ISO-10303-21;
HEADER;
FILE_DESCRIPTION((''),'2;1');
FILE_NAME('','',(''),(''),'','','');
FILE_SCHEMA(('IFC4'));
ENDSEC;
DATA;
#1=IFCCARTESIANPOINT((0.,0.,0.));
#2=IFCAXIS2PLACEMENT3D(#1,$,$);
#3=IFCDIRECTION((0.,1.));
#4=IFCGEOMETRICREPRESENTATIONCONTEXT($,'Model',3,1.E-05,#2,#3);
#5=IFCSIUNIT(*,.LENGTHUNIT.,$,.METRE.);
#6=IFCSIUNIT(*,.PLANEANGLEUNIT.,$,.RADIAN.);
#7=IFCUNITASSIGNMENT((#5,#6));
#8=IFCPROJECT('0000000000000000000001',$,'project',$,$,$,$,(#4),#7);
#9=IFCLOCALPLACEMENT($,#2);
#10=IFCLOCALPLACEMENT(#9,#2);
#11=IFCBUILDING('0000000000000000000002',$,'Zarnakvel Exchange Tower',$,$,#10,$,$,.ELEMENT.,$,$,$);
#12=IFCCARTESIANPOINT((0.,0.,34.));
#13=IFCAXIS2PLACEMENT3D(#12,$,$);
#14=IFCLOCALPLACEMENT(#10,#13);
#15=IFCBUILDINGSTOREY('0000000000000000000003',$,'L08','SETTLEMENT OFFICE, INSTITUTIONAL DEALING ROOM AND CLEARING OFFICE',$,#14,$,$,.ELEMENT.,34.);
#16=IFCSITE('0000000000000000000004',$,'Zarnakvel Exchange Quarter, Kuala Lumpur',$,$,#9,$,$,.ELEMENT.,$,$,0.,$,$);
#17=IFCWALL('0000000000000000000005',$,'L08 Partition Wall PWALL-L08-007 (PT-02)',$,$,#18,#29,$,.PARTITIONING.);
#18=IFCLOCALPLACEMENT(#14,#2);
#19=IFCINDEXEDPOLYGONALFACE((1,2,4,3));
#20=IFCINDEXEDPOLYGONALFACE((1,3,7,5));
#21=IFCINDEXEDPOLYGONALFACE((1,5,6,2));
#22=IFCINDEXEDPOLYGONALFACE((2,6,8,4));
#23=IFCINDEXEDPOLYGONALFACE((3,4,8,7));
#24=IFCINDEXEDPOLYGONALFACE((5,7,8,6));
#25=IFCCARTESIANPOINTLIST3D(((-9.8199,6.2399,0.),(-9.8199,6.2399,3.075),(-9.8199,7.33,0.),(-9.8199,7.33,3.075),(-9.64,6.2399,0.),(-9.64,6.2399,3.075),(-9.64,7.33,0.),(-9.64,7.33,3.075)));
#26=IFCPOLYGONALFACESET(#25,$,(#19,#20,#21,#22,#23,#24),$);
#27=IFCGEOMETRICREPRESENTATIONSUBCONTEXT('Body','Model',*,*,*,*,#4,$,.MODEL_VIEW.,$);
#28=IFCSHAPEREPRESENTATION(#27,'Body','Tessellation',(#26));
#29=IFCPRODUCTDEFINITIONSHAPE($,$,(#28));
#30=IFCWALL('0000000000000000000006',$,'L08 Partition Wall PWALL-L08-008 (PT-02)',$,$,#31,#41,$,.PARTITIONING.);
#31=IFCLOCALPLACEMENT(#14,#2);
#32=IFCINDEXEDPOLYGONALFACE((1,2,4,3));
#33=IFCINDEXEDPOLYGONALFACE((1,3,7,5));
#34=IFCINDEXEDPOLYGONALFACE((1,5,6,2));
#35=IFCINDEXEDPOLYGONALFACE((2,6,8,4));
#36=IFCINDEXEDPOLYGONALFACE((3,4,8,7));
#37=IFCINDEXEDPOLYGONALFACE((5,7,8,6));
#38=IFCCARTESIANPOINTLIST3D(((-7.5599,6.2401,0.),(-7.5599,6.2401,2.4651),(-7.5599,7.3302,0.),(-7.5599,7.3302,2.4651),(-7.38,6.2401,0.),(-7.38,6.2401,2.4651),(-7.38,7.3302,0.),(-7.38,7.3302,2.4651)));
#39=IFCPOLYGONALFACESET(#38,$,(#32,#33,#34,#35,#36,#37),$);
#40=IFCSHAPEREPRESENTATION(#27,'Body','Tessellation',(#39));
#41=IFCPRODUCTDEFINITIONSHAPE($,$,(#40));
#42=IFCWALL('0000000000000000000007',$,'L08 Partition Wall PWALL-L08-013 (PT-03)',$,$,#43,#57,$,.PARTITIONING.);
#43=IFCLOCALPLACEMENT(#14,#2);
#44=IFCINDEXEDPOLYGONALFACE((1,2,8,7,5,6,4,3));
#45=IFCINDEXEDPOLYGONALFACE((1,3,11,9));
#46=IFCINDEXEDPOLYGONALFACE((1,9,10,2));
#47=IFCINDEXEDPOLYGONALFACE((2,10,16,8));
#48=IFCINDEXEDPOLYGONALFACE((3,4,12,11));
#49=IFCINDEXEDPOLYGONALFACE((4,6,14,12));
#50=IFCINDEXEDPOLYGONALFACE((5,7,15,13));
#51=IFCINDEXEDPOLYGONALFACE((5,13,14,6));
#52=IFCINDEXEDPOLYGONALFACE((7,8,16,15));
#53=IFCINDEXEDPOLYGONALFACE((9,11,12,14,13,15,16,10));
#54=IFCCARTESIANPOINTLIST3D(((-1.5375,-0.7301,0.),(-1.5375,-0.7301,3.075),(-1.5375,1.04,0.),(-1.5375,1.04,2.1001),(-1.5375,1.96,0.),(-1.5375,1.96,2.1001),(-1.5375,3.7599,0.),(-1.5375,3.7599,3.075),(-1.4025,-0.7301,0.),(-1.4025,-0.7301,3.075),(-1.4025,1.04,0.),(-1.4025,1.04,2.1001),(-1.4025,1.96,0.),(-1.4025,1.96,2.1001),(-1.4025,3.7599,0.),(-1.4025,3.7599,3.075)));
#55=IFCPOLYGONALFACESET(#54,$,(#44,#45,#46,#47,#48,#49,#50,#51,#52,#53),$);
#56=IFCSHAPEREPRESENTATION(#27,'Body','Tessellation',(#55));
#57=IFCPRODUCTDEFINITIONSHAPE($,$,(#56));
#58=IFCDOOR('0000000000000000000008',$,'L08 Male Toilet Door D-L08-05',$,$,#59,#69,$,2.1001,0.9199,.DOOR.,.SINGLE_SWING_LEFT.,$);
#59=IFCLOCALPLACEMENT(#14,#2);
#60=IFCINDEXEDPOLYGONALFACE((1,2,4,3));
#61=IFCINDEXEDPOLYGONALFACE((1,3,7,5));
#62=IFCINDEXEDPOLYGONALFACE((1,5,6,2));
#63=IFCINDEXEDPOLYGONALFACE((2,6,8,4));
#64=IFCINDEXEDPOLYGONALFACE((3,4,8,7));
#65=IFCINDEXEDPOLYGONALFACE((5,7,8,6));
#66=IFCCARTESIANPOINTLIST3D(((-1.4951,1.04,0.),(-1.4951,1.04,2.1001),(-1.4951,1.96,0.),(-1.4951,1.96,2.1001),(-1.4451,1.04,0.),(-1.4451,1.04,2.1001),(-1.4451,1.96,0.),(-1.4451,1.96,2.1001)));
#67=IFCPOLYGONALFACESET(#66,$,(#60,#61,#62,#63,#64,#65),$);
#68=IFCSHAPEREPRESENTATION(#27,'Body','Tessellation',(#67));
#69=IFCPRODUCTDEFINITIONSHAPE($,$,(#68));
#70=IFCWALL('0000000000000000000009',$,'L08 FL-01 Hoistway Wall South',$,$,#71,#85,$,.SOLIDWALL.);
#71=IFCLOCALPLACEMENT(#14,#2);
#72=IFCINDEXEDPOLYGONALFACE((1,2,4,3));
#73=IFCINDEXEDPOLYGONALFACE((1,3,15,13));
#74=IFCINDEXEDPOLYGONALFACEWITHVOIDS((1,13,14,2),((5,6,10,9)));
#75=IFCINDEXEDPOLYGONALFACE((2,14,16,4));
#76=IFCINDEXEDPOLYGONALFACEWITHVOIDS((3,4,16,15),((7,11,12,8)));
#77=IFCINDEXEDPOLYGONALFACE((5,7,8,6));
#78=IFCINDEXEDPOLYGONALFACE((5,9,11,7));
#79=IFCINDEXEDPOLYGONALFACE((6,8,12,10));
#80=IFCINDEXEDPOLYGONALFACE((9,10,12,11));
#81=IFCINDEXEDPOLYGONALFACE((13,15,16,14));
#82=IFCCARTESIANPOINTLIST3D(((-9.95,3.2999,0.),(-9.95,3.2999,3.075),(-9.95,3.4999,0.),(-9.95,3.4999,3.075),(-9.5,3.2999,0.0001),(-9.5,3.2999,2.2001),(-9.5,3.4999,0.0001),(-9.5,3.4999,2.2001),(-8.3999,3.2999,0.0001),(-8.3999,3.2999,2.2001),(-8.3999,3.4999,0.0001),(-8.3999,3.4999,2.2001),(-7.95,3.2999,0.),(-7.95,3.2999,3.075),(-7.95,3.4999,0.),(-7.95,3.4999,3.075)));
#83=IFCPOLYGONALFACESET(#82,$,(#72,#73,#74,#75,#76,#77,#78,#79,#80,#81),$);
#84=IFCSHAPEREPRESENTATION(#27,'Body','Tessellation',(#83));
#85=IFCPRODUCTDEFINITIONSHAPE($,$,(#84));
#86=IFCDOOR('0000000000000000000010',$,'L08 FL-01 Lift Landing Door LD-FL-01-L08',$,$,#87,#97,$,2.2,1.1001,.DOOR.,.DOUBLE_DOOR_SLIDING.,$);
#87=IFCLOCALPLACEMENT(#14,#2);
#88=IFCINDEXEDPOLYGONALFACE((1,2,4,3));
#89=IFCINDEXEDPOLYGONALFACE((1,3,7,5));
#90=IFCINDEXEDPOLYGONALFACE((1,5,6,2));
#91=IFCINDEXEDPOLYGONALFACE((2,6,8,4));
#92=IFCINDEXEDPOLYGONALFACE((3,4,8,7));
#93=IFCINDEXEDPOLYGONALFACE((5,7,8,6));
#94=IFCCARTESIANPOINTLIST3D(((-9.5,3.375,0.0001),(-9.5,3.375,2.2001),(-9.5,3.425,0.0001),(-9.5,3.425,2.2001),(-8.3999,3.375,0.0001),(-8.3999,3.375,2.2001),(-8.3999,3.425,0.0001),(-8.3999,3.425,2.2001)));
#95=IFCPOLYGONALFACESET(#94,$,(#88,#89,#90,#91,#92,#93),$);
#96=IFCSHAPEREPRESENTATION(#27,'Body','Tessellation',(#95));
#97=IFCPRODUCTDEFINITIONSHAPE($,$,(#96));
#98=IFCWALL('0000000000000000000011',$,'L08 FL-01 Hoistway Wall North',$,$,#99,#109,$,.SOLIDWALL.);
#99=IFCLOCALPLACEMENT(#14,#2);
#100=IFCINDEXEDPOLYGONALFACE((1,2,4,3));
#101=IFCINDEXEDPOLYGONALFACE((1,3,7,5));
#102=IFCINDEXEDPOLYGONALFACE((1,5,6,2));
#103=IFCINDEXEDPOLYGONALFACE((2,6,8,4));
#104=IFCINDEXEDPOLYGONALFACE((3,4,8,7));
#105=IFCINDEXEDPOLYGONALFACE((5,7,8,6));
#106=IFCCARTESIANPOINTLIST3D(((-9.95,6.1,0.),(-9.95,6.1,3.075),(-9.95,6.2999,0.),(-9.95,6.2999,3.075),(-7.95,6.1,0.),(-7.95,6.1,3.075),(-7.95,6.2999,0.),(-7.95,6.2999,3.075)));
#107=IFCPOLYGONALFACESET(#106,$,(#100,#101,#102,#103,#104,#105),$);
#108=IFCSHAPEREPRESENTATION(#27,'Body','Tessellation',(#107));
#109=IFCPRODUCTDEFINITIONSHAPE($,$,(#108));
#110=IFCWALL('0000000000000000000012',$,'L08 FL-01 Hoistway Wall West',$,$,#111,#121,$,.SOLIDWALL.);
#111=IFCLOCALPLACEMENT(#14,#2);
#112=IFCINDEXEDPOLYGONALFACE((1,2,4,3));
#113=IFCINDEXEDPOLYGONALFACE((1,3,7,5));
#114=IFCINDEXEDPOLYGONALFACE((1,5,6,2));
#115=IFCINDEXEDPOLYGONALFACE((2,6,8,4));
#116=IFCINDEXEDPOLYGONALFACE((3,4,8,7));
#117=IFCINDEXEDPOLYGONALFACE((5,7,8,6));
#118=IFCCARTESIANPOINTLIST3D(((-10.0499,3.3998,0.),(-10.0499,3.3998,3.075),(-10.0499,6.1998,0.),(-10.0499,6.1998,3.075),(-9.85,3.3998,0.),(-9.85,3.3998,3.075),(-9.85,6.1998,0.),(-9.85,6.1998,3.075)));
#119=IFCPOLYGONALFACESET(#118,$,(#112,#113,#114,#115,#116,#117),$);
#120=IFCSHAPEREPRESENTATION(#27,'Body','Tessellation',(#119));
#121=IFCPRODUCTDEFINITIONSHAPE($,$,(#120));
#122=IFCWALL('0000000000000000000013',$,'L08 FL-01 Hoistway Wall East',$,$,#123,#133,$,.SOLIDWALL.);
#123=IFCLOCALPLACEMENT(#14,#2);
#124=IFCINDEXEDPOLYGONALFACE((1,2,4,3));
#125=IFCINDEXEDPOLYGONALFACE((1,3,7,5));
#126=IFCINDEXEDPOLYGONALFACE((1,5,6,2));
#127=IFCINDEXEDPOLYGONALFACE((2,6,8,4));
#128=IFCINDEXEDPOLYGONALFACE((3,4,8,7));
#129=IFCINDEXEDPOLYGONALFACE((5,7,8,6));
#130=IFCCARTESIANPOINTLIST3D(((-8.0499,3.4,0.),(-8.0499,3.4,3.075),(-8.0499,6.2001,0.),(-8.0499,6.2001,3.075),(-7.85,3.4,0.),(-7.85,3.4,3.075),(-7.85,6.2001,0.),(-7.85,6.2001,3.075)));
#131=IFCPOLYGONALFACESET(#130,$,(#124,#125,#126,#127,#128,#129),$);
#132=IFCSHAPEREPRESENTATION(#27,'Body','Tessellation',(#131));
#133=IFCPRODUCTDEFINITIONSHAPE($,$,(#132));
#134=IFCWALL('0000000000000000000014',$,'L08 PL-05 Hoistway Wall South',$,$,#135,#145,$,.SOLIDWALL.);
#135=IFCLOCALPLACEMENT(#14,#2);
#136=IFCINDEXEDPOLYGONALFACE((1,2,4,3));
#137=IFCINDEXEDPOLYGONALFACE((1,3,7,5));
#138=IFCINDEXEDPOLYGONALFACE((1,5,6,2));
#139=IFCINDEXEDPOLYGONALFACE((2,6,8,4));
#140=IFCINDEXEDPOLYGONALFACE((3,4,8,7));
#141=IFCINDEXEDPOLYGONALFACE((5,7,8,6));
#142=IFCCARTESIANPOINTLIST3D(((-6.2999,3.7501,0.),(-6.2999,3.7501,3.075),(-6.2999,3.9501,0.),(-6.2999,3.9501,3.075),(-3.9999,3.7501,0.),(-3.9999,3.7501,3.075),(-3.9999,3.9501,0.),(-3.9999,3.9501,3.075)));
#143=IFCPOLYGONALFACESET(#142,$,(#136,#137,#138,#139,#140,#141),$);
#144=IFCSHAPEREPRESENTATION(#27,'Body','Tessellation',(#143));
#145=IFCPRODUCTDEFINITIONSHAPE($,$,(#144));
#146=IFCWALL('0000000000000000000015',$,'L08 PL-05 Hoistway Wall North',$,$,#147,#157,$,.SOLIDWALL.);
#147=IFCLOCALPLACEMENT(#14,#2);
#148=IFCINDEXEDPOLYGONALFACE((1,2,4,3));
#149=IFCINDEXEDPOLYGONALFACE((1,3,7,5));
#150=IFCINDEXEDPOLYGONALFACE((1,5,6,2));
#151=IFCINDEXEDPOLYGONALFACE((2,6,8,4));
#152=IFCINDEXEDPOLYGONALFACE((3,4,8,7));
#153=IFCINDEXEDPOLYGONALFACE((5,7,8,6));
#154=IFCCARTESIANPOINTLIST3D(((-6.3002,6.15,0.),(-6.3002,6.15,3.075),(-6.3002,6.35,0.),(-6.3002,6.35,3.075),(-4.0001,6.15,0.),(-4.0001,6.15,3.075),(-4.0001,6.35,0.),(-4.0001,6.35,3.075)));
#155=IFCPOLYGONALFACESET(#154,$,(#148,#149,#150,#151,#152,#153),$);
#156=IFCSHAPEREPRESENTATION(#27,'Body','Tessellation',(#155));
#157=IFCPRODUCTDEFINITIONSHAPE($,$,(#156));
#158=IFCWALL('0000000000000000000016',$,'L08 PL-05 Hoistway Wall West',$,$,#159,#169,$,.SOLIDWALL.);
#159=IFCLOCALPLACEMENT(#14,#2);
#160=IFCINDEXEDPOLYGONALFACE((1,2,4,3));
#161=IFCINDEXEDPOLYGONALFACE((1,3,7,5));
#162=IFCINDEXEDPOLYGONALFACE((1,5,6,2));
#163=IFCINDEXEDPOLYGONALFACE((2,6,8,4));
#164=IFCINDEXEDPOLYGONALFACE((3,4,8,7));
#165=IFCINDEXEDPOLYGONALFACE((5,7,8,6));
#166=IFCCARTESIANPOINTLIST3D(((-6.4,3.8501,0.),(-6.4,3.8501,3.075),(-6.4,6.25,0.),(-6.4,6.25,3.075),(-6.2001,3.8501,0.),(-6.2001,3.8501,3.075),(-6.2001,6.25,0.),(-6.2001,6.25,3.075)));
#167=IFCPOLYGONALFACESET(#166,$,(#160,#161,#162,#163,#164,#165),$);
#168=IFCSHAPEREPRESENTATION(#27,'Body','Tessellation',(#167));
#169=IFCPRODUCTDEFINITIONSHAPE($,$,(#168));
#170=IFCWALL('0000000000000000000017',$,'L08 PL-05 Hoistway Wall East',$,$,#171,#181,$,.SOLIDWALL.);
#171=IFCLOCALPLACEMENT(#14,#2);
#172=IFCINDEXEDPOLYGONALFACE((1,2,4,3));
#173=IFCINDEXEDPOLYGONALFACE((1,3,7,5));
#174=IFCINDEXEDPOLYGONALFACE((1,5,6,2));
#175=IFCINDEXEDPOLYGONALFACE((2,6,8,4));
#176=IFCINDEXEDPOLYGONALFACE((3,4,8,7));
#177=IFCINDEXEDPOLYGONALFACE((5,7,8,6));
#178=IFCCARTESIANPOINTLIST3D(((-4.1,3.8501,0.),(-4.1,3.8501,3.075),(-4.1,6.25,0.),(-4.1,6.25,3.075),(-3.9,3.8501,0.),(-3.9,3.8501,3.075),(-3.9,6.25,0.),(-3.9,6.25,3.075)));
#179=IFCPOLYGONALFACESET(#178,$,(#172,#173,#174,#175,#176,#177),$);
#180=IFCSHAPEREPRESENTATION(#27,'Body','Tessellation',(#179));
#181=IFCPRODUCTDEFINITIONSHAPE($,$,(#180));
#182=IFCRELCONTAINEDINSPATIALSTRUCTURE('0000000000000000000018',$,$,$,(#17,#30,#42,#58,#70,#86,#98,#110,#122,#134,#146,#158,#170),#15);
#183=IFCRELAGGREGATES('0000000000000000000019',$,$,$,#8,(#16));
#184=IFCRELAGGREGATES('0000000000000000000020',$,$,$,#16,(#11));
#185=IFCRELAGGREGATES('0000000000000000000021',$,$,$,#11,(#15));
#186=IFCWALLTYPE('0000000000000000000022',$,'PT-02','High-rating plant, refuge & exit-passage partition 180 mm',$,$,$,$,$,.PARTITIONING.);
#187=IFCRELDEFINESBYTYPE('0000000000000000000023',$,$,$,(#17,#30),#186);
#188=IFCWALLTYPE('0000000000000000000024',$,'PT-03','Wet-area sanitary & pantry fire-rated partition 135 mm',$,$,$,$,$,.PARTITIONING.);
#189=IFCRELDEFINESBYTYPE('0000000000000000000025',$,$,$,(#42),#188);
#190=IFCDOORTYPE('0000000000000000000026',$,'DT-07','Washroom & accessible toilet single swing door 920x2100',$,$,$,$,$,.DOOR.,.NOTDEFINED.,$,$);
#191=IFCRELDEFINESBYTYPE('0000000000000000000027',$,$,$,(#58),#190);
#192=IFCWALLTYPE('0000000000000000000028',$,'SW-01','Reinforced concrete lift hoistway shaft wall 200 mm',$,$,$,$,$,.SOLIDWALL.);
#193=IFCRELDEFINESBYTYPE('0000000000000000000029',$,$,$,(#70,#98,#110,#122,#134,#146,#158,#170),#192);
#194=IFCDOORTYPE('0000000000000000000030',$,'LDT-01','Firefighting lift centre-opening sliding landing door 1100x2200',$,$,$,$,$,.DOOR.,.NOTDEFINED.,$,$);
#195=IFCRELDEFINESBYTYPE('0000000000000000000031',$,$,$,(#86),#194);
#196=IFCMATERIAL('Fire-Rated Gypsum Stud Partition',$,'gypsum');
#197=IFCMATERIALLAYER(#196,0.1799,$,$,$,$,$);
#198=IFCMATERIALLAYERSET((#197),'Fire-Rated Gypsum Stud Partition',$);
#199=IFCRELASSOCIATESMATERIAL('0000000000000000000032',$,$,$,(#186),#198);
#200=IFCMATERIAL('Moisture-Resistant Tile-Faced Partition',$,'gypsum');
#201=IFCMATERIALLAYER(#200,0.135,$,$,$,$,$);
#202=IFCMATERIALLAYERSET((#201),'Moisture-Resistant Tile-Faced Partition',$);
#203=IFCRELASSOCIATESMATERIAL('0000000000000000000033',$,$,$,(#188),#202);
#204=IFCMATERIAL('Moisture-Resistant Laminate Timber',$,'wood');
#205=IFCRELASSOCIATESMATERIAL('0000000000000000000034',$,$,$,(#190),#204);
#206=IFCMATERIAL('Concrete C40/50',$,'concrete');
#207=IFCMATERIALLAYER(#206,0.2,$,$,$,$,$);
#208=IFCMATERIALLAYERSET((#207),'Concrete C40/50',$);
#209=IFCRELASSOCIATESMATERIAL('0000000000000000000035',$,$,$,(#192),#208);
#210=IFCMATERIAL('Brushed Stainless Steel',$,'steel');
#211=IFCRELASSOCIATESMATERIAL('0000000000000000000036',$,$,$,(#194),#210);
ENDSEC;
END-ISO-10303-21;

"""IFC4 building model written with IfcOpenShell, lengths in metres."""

from ifc_helpers import new_model, si_unit, direction, frame, frame_2d, origin, place, context, subcontext, project, spatial, rectangle, extrude, source, transform, mapped, material, layer, layer_set, type_object, element, fill, save


model = new_model("IFC4")

# Units and contexts
model_context = context("Model", 3, precision=1e-05, world=origin(), true_north=direction((0.0, 1.0)))
body_context = subcontext(model_context, "Body", "Model", "MODEL_VIEW")
ifc_project = project(units=[si_unit("LENGTHUNIT", "METRE"), si_unit("PLANEANGLEUNIT", "RADIAN")], contexts=[model_context])

# Site, building, storey
site_placement = place(None, origin())
site = spatial("IfcSite", under=ifc_project, at=site_placement, Name="Zarnakvel Exchange Quarter, Kuala Lumpur", CompositionType="ELEMENT", RefElevation=0.0)
building_placement = place(site_placement, origin())
building = spatial("IfcBuilding", under=site, at=building_placement, Name="Zarnakvel Exchange Tower", CompositionType="ELEMENT")
storey_placement = place(building_placement, frame((0.0, 0.0, 34.0)))
storey = spatial("IfcBuildingStorey", under=building, at=storey_placement, Name="L08", Description="SETTLEMENT OFFICE, INSTITUTIONAL DEALING ROOM AND CLEARING OFFICE", CompositionType="ELEMENT", Elevation=34.0)

# Walls
ifc_material_1 = material(Name="Fire-Rated Gypsum Stud Partition", Category="gypsum")
ifc_layer_1 = layer(ifc_material_1, 0.1799)
ifc_layer_set_1 = layer_set([ifc_layer_1], Name="Fire-Rated Gypsum Stud Partition")
wall_type_1 = type_object("IfcWallType", Name="PT-02", Description="High-rating plant, refuge & exit-passage partition 180 mm", PredefinedType="PARTITIONING", material=ifc_layer_set_1)
wall_1_placement = place(storey_placement, frame((-9.73, 6.24, 0.0), z_axis=(0.0, 0.0, 1.0), x_axis=(0.0, 1.0, 0.0)))
element("IfcWall", 1, at=wall_1_placement, inside=storey, type_object=wall_type_1, Name="L08 Partition Wall PWALL-L08-007 (PT-02)", PredefinedType="PARTITIONING", context=body_context, shape_type="SweptSolid", body=[
    extrude(rectangle(XDim=1.0901, YDim=0.1799, at=frame_2d((0.5449, 0.0))), origin(), (0.0, 0.0, 1.0), 3.075),
])
wall_2_placement = place(storey_placement, frame((-7.47, 7.3301, 0.0), z_axis=(0.0, 0.0, 1.0), x_axis=(0.0, -1.0, 0.0)))
element("IfcWall", 2, at=wall_2_placement, inside=storey, type_object=wall_type_1, Name="L08 Partition Wall PWALL-L08-008 (PT-02)", PredefinedType="PARTITIONING", context=body_context, shape_type="SweptSolid", body=[
    extrude(rectangle(XDim=1.0901, YDim=0.1799, at=frame_2d((0.5449, 0.0))), origin(), (0.0, 0.0, 1.0), 2.4651),
])

# Walls, openings, doors
ifc_material_2 = material(Name="Moisture-Resistant Tile-Faced Partition", Category="gypsum")
ifc_layer_2 = layer(ifc_material_2, 0.135)
ifc_layer_set_2 = layer_set([ifc_layer_2], Name="Moisture-Resistant Tile-Faced Partition")
wall_type_2 = type_object("IfcWallType", Name="PT-03", Description="Wet-area sanitary & pantry fire-rated partition 135 mm", PredefinedType="PARTITIONING", material=ifc_layer_set_2)
wall_3_placement = place(storey_placement, frame((-1.47, 3.76, 0.0), z_axis=(0.0, 0.0, 1.0), x_axis=(0.0, -1.0, 0.0)))
wall_3 = element("IfcWall", 3, at=wall_3_placement, inside=storey, type_object=wall_type_2, Name="L08 Partition Wall PWALL-L08-013 (PT-03)", PredefinedType="PARTITIONING", context=body_context, shape_type="SweptSolid", body=[
    extrude(rectangle(XDim=4.49, YDim=0.135, at=frame_2d((2.2451, 0.0))), origin(), (0.0, 0.0, 1.0), 3.075),
])
opening_1_placement = place(wall_3_placement, frame((1.8, 0.0, 0.0)))
opening_1 = element("IfcOpeningElement", 4, at=opening_1_placement, cuts=wall_3, PredefinedType="OPENING", context=body_context, shape_type="SweptSolid", body=[
    extrude(rectangle(XDim=0.9199, YDim=2.1001, at=frame_2d((0.46, 1.05))), frame((0.0, 0.0774, 0.0), z_axis=(0.0, -1.0, 0.0), x_axis=(1.0, 0.0, 0.0)), (0.0, 0.0, 1.0), 0.155),
])
ifc_material_3 = material(Name="Moisture-Resistant Laminate Timber", Category="wood")
door_type_1 = type_object("IfcDoorType", Name="DT-07", Description="Washroom & accessible toilet single swing door 920x2100", OperationType="NOTDEFINED", PredefinedType="DOOR", material=ifc_material_3)
shared_shape_1 = source(origin(), body_context, "Body", "SweptSolid", [
    extrude(rectangle(XDim=0.9199, YDim=2.1001, at=frame_2d((0.46, 1.05))), frame((0.0, 0.0249, 0.0), z_axis=(0.0, -1.0, 0.0), x_axis=(1.0, 0.0, 0.0)), (0.0, 0.0, 1.0), 0.05),
])
door_1_placement = place(opening_1_placement, origin())
door_1 = element("IfcDoor", 5, at=door_1_placement, inside=storey, type_object=door_type_1, Name="L08 Male Toilet Door D-L08-05", OperationType="SINGLE_SWING_LEFT", OverallHeight=2.1001, OverallWidth=0.9199, PredefinedType="DOOR", context=body_context, shape_type="MappedRepresentation", body=[
    mapped(shared_shape_1, transform((0.0, 0.0, 0.0), x_axis=(1.0, 0.0, 0.0), y_axis=(0.0, 1.0, 0.0), z_axis=(0.0, 0.0, 1.0), scale=1.0)),
])
fill(opening_1, door_1)
ifc_material_4 = material(Name="Concrete C40/50", Category="concrete")
ifc_layer_3 = layer(ifc_material_4, 0.2)
ifc_layer_set_3 = layer_set([ifc_layer_3], Name="Concrete C40/50")
wall_type_3 = type_object("IfcWallType", Name="SW-01", Description="Reinforced concrete lift hoistway shaft wall 200 mm", PredefinedType="SOLIDWALL", material=ifc_layer_set_3)
wall_4_placement = place(storey_placement, frame((-7.95, 3.3999, 0.0), z_axis=(0.0, 0.0, 1.0), x_axis=(-1.0, 0.0, 0.0)))
wall_4 = element("IfcWall", 6, at=wall_4_placement, inside=storey, type_object=wall_type_3, Name="L08 FL-01 Hoistway Wall South", PredefinedType="SOLIDWALL", context=body_context, shape_type="SweptSolid", body=[
    extrude(rectangle(XDim=2.0, YDim=0.2, at=frame_2d((1.0, 0.0))), origin(), (0.0, 0.0, 1.0), 3.075),
])
opening_2_placement = place(wall_4_placement, frame((0.45, 0.0, 0.0)))
opening_2 = element("IfcOpeningElement", 7, at=opening_2_placement, cuts=wall_4, PredefinedType="OPENING", context=body_context, shape_type="SweptSolid", body=[
    extrude(rectangle(XDim=1.1001, YDim=2.2, at=frame_2d((0.55, 1.1001))), frame((0.0, 0.1099, 0.0), z_axis=(0.0, -1.0, 0.0), x_axis=(1.0, 0.0, 0.0)), (0.0, 0.0, 1.0), 0.22),
])
ifc_material_5 = material(Name="Brushed Stainless Steel", Category="steel")
door_type_2 = type_object("IfcDoorType", Name="LDT-01", Description="Firefighting lift centre-opening sliding landing door 1100x2200", OperationType="NOTDEFINED", PredefinedType="DOOR", material=ifc_material_5)
shared_shape_2 = source(origin(), body_context, "Body", "SweptSolid", [
    extrude(rectangle(XDim=1.1001, YDim=2.2, at=frame_2d((0.55, 1.1001))), frame((0.0, 0.0249, 0.0), z_axis=(0.0, -1.0, 0.0), x_axis=(1.0, 0.0, 0.0)), (0.0, 0.0, 1.0), 0.05),
])
door_2_placement = place(opening_2_placement, origin())
door_2 = element("IfcDoor", 8, at=door_2_placement, inside=storey, type_object=door_type_2, Name="L08 FL-01 Lift Landing Door LD-FL-01-L08", OperationType="DOUBLE_DOOR_SLIDING", OverallHeight=2.2, OverallWidth=1.1001, PredefinedType="DOOR", context=body_context, shape_type="MappedRepresentation", body=[
    mapped(shared_shape_2, transform((0.0, 0.0, 0.0), x_axis=(1.0, 0.0, 0.0), y_axis=(0.0, 1.0, 0.0), z_axis=(0.0, 0.0, 1.0), scale=1.0)),
])
fill(opening_2, door_2)

# Walls
wall_5_placement = place(storey_placement, frame((-9.95, 6.2, 0.0), z_axis=(0.0, 0.0, 1.0), x_axis=(1.0, 0.0, 0.0)))
element("IfcWall", 9, at=wall_5_placement, inside=storey, type_object=wall_type_3, Name="L08 FL-01 Hoistway Wall North", PredefinedType="SOLIDWALL", context=body_context, shape_type="SweptSolid", body=[
    extrude(rectangle(XDim=2.0, YDim=0.2, at=frame_2d((1.0, 0.0))), origin(), (0.0, 0.0, 1.0), 3.075),
])
for number, where, z_axis, x_axis, name in (
    (10, (-9.95, 3.3999, 0.0), (0.0, 0.0, 1.0), (0.0, 1.0, 0.0), "L08 FL-01 Hoistway Wall West"),
    (11, (-7.95, 6.2, 0.0), (0.0, 0.0, 1.0), (0.0, -1.0, 0.0), "L08 FL-01 Hoistway Wall East"),
):
    element("IfcWall", number, at=place(storey_placement, frame(where, z_axis=z_axis, x_axis=x_axis)), inside=storey, type_object=wall_type_3, Name=name, PredefinedType="SOLIDWALL", context=body_context, shape_type="SweptSolid", body=[
        extrude(rectangle(XDim=2.8, YDim=0.2, at=frame_2d((1.3999, 0.0))), origin(), (0.0, 0.0, 1.0), 3.075),
    ])
for number, where, z_axis, x_axis, name in (
    (12, (-4.0, 3.8501, 0.0), (0.0, 0.0, 1.0), (-1.0, 0.0, 0.0), "L08 PL-05 Hoistway Wall South"),
    (13, (-6.3, 6.25, 0.0), (0.0, 0.0, 1.0), (1.0, 0.0, 0.0), "L08 PL-05 Hoistway Wall North"),
):
    element("IfcWall", number, at=place(storey_placement, frame(where, z_axis=z_axis, x_axis=x_axis)), inside=storey, type_object=wall_type_3, Name=name, PredefinedType="SOLIDWALL", context=body_context, shape_type="SweptSolid", body=[
        extrude(rectangle(XDim=2.3, YDim=0.2, at=frame_2d((1.1499, 0.0))), origin(), (0.0, 0.0, 1.0), 3.075),
    ])
for number, where, z_axis, x_axis, name in (
    (14, (-6.3, 3.8501, 0.0), (0.0, 0.0, 1.0), (0.0, 1.0, 0.0), "L08 PL-05 Hoistway Wall West"),
    (15, (-4.0, 6.25, 0.0), (0.0, 0.0, 1.0), (0.0, -1.0, 0.0), "L08 PL-05 Hoistway Wall East"),
):
    element("IfcWall", number, at=place(storey_placement, frame(where, z_axis=z_axis, x_axis=x_axis)), inside=storey, type_object=wall_type_3, Name=name, PredefinedType="SOLIDWALL", context=body_context, shape_type="SweptSolid", body=[
        extrude(rectangle(XDim=2.3999, YDim=0.2, at=frame_2d((1.2, 0.0))), origin(), (0.0, 0.0, 1.0), 3.075),
    ])

save(model, "model.ifc")
